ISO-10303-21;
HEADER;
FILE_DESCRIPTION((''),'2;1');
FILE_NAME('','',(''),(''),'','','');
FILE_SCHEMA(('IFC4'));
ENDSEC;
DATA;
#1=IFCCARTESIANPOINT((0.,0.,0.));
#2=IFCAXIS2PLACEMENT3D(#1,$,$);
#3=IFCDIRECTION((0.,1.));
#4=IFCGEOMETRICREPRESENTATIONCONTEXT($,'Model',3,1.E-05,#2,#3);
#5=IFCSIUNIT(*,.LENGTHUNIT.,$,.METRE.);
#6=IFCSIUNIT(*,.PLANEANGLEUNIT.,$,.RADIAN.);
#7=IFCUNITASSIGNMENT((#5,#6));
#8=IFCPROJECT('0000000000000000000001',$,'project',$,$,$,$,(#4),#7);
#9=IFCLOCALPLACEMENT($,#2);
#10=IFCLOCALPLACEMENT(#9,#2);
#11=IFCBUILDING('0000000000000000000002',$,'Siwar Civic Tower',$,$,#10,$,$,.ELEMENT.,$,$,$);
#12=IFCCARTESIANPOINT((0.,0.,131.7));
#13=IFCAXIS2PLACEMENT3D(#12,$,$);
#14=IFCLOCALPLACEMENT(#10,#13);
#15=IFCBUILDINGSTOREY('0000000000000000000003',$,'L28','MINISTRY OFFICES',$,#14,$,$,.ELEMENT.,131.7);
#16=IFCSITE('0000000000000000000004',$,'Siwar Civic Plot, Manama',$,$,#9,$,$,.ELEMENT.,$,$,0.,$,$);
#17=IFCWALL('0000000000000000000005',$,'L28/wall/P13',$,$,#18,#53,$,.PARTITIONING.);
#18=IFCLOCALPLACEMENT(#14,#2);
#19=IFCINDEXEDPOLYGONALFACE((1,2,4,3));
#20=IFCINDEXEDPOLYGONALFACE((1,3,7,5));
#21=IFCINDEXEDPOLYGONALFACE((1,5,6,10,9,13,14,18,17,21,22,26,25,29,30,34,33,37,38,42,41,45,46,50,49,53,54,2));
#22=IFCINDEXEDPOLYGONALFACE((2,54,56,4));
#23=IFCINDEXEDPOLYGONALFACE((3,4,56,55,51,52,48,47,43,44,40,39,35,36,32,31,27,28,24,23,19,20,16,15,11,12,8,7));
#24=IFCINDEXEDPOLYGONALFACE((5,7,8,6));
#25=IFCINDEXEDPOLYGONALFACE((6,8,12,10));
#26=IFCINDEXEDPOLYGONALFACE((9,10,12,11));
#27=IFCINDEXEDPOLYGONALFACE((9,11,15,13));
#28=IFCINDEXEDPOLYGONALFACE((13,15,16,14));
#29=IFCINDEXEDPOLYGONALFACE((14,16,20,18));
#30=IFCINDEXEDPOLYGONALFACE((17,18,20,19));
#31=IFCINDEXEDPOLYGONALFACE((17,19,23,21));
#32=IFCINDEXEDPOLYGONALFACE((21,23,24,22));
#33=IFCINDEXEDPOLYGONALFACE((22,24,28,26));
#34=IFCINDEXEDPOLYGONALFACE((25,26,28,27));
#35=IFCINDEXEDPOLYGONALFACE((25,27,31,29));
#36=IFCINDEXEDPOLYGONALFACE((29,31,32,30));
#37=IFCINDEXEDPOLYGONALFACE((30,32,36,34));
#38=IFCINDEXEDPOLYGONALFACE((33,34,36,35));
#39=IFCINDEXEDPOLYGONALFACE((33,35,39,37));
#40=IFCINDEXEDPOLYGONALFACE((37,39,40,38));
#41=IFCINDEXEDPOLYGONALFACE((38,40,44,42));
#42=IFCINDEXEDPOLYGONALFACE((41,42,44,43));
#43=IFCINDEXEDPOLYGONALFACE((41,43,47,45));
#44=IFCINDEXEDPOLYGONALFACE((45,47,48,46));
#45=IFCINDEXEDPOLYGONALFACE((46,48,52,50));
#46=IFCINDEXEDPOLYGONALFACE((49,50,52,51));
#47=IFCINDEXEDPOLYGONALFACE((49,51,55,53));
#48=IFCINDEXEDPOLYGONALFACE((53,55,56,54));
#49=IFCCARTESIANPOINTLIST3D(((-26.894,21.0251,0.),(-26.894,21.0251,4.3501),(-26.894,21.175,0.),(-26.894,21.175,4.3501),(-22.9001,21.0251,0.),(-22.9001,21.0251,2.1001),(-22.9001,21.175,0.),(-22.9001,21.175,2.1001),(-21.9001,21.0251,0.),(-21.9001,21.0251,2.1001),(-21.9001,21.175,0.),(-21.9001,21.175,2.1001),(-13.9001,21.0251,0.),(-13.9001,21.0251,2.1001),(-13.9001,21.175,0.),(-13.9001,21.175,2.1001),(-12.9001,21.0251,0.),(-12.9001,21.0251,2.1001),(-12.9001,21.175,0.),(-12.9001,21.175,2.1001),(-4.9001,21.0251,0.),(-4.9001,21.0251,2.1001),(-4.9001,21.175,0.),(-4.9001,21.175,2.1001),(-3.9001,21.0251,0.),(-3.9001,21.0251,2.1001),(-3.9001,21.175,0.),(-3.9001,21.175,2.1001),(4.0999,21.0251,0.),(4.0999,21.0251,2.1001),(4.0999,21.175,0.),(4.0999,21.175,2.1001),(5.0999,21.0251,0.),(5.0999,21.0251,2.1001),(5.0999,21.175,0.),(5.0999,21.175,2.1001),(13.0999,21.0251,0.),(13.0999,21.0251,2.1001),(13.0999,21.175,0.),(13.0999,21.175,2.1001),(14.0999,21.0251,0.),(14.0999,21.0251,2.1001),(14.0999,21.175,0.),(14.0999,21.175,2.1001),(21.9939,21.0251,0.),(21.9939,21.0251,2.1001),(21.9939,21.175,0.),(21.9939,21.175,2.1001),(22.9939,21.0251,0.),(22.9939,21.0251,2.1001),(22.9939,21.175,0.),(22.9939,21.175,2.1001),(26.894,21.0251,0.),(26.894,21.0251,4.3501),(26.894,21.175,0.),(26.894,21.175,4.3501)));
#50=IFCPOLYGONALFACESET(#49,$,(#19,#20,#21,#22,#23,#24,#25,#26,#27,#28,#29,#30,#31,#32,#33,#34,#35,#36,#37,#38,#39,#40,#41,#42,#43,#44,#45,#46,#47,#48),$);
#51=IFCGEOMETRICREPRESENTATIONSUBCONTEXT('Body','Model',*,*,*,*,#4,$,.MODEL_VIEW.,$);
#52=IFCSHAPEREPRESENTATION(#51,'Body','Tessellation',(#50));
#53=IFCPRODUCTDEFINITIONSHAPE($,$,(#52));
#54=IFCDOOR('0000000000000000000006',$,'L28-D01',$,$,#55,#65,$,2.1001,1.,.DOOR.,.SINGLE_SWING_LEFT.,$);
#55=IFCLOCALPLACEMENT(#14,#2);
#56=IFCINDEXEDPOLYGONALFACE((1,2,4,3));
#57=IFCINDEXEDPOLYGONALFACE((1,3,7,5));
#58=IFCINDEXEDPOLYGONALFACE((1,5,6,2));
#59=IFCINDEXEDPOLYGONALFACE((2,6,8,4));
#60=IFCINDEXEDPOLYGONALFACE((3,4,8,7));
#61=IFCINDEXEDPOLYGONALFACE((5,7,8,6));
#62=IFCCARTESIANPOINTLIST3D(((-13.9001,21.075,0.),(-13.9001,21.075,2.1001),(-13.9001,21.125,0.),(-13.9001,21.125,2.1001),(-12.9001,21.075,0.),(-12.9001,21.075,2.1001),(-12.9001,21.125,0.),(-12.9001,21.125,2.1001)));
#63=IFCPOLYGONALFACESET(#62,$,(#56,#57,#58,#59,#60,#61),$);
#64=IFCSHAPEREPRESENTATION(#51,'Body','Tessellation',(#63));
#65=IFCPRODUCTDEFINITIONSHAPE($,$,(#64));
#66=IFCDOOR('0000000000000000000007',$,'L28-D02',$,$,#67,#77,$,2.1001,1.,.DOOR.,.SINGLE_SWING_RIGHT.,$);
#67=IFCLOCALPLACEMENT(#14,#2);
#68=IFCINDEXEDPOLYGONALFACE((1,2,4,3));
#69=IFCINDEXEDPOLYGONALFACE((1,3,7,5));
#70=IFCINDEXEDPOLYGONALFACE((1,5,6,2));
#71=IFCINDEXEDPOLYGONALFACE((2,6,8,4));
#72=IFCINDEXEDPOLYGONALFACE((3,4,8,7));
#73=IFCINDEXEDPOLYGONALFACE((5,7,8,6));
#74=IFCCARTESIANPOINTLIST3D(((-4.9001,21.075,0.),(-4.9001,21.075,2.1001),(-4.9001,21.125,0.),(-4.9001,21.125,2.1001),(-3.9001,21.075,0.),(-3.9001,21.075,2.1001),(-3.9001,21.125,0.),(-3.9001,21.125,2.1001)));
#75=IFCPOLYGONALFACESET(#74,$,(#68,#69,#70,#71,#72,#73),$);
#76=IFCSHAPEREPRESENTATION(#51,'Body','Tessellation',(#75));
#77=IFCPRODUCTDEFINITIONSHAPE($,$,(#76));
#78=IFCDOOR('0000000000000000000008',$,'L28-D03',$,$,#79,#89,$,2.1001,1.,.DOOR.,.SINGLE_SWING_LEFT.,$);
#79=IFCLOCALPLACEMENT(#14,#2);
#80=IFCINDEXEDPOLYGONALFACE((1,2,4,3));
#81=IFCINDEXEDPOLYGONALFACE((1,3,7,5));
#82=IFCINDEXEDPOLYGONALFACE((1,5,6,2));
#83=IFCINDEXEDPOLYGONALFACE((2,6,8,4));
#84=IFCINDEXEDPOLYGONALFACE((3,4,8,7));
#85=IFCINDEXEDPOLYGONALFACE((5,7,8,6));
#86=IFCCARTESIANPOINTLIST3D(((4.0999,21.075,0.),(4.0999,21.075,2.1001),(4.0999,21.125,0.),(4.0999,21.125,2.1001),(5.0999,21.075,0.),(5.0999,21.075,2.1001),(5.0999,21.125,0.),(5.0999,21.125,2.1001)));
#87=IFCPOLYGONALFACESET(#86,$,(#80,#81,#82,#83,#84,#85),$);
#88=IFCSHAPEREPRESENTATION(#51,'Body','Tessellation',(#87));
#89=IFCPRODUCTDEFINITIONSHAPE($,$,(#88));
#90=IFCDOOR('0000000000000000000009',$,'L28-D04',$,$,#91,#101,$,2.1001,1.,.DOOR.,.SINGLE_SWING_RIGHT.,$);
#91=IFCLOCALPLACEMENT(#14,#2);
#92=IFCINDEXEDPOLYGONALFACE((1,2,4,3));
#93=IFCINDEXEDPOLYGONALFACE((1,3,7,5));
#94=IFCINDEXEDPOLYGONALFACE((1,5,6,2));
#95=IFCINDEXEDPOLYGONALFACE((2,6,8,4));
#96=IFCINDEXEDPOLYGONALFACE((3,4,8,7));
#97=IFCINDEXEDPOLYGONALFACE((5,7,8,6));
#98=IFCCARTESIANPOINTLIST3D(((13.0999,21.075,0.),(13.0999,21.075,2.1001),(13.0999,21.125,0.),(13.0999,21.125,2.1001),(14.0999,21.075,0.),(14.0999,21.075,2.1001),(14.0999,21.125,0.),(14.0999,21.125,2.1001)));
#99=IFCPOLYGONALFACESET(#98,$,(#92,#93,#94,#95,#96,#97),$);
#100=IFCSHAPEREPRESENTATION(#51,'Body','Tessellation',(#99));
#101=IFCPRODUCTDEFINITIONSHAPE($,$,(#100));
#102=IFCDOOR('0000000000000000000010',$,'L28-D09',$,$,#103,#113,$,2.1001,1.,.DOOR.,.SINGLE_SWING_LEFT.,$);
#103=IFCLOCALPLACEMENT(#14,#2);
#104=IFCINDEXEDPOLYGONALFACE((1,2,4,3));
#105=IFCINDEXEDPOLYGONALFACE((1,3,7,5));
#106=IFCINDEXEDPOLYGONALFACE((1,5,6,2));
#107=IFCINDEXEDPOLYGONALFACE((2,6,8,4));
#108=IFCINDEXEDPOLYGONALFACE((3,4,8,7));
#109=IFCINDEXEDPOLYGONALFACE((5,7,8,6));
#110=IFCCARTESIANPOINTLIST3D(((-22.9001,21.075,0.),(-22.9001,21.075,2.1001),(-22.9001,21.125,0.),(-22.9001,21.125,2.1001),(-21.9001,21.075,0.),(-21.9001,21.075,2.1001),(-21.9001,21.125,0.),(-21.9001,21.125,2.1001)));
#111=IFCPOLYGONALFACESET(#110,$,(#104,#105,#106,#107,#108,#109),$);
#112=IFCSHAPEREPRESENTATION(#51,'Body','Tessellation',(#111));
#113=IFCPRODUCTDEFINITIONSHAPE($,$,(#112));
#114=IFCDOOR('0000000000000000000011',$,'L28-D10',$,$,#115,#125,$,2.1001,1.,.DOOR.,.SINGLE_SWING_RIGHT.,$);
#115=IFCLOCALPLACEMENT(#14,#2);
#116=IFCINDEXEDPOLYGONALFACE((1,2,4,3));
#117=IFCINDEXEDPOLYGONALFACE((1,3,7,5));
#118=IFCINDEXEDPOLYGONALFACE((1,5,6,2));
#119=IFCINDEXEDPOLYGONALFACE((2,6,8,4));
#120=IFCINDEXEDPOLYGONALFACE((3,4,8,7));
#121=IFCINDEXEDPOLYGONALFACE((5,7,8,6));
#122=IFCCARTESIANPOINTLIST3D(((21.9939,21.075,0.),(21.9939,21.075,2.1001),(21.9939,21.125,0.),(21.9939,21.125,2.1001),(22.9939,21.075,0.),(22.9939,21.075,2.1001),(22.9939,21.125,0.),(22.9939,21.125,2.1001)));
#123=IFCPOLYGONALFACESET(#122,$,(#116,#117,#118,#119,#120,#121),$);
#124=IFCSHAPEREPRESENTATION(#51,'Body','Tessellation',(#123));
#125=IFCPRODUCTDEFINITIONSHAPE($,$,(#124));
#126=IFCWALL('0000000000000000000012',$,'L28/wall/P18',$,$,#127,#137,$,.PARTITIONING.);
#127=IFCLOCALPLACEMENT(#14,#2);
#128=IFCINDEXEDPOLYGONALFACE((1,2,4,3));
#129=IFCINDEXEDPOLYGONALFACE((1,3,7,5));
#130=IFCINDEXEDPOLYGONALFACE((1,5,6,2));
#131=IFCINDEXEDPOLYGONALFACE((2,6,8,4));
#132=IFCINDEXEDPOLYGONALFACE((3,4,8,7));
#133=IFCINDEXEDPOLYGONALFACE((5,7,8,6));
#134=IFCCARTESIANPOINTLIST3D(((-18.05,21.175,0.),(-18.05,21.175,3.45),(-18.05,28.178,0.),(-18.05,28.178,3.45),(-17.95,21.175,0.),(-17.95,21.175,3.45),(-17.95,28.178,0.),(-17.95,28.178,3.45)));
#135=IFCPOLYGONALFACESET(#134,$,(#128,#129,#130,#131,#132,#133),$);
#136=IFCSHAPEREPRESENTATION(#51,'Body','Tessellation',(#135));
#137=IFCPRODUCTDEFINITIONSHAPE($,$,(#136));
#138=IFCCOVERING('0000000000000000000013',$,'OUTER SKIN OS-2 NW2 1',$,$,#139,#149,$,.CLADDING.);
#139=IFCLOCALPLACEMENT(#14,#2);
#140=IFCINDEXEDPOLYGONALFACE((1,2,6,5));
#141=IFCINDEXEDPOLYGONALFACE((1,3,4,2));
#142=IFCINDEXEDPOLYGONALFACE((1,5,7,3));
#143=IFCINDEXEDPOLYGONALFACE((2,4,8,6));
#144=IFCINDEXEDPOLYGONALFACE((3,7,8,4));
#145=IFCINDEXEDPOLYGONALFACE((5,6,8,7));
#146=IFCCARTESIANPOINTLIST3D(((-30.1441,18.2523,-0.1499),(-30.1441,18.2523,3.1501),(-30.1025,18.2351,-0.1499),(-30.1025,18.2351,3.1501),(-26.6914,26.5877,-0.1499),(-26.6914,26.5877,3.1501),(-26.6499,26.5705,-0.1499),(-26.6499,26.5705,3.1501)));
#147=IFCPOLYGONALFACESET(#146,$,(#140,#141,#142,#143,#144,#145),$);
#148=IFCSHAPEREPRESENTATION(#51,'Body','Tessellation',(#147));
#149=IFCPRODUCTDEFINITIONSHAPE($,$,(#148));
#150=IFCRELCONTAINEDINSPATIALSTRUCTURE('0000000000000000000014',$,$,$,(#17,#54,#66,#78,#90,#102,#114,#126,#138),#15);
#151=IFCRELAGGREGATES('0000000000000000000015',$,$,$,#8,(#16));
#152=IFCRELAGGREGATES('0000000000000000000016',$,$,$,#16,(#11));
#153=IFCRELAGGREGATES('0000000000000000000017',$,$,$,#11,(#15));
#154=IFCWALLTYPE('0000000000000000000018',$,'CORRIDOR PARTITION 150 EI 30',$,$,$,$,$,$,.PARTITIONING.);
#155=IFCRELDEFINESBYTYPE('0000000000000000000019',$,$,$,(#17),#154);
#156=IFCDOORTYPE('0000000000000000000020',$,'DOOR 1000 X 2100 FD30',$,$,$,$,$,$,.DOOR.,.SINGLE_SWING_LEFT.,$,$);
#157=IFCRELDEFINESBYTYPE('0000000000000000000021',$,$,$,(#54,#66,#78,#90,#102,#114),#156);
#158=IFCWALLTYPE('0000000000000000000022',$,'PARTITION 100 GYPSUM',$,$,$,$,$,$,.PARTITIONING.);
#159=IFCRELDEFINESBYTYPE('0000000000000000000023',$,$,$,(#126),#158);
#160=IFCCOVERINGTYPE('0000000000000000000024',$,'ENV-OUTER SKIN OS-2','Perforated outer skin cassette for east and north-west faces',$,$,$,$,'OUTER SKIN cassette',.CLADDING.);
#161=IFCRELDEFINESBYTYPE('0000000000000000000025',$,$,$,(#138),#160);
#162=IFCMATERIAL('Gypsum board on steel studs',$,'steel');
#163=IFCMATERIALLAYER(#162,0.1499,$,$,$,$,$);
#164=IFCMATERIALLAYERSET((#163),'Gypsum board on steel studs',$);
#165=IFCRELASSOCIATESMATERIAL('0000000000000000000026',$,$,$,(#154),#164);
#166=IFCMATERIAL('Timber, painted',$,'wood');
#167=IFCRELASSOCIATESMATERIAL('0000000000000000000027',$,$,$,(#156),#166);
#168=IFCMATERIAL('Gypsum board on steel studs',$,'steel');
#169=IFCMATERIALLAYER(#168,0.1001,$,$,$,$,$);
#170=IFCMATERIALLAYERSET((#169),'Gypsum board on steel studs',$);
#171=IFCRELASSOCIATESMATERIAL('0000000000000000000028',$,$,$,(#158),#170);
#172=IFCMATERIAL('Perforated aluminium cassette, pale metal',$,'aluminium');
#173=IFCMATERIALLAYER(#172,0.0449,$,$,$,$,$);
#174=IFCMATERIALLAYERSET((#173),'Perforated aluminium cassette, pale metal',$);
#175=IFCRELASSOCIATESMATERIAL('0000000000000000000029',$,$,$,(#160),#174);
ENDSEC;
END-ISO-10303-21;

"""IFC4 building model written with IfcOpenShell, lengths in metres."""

from ifc_helpers import new_model, si_unit, direction, frame, frame_2d, origin, origin_2d, place, context, subcontext, project, spatial, rectangle, extrude, material, layer, layer_set, type_object, element, fill, save


model = new_model("IFC4")

# Units and contexts
model_context = context("Model", 3, precision=1e-05, world=origin(), true_north=direction((0.0, 1.0)))
body_context = subcontext(model_context, "Body", "Model", "MODEL_VIEW")
ifc_project = project(units=[si_unit("LENGTHUNIT", "METRE"), si_unit("PLANEANGLEUNIT", "RADIAN")], contexts=[model_context])

# Site, building, storey
site_placement = place(None, origin())
site = spatial("IfcSite", under=ifc_project, at=site_placement, Name="Siwar Civic Plot, Manama", CompositionType="ELEMENT", RefElevation=0.0)
building_placement = place(site_placement, origin())
building = spatial("IfcBuilding", under=site, at=building_placement, Name="Siwar Civic Tower", CompositionType="ELEMENT")
storey_placement = place(building_placement, frame((0.0, 0.0, 131.7)))
storey = spatial("IfcBuildingStorey", under=building, at=storey_placement, Name="L28", Description="MINISTRY OFFICES", CompositionType="ELEMENT", Elevation=131.7)

# Wall, openings, doors
ifc_material_1 = material(Name="Gypsum board on steel studs", Category="steel")
ifc_layer_1 = layer(ifc_material_1, 0.1499)
ifc_layer_set_1 = layer_set([ifc_layer_1], Name="Gypsum board on steel studs")
wall_type_1 = type_object("IfcWallType", Name="CORRIDOR PARTITION 150 EI 30", PredefinedType="PARTITIONING", material=ifc_layer_set_1)
ifc_material_2 = material(Name="Timber, painted", Category="wood")
door_type = type_object("IfcDoorType", Name="DOOR 1000 X 2100 FD30", OperationType="SINGLE_SWING_LEFT", PredefinedType="DOOR", material=ifc_material_2)
wall_1_placement = place(storey_placement, frame((-26.894, 21.1001, 0.0), z_axis=(0.0, 0.0, 1.0), x_axis=(1.0, 0.0, 0.0)))
wall_1 = element("IfcWall", 1, at=wall_1_placement, inside=storey, type_object=wall_type_1, Name="L28/wall/P13", PredefinedType="PARTITIONING", context=body_context, shape_type="SweptSolid", body=[
    extrude(rectangle(XDim=53.7881, YDim=0.1499, at=frame_2d((26.894, 0.0))), origin(), (0.0, 0.0, 1.0), 4.3501),
])
opening_1_placement = place(wall_1_placement, frame((12.9939, 0.0, 0.0)))
opening_1 = element("IfcOpeningElement", 2, at=opening_1_placement, cuts=wall_1, PredefinedType="OPENING", context=body_context, shape_type="SweptSolid", body=[
    extrude(rectangle(XDim=1.0, YDim=2.1001, at=frame_2d((0.5, 1.05))), frame((0.0, 0.085, 0.0), z_axis=(0.0, -1.0, 0.0), x_axis=(1.0, 0.0, 0.0)), (0.0, 0.0, 1.0), 0.1699),
])
opening_2_placement = place(wall_1_placement, frame((21.9939, 0.0, 0.0)))
opening_2 = element("IfcOpeningElement", 3, at=opening_2_placement, cuts=wall_1, PredefinedType="OPENING", context=body_context, shape_type="SweptSolid", body=[
    extrude(rectangle(XDim=1.0, YDim=2.1001, at=frame_2d((0.5, 1.05))), frame((0.0, 0.085, 0.0), z_axis=(0.0, -1.0, 0.0), x_axis=(1.0, 0.0, 0.0)), (0.0, 0.0, 1.0), 0.1699),
])
opening_3_placement = place(wall_1_placement, frame((30.9939, 0.0, 0.0)))
opening_3 = element("IfcOpeningElement", 4, at=opening_3_placement, cuts=wall_1, PredefinedType="OPENING", context=body_context, shape_type="SweptSolid", body=[
    extrude(rectangle(XDim=1.0, YDim=2.1001, at=frame_2d((0.5, 1.05))), frame((0.0, 0.085, 0.0), z_axis=(0.0, -1.0, 0.0), x_axis=(1.0, 0.0, 0.0)), (0.0, 0.0, 1.0), 0.1699),
])
opening_4_placement = place(wall_1_placement, frame((39.9939, 0.0, 0.0)))
opening_4 = element("IfcOpeningElement", 5, at=opening_4_placement, cuts=wall_1, PredefinedType="OPENING", context=body_context, shape_type="SweptSolid", body=[
    extrude(rectangle(XDim=1.0, YDim=2.1001, at=frame_2d((0.5, 1.05))), frame((0.0, 0.085, 0.0), z_axis=(0.0, -1.0, 0.0), x_axis=(1.0, 0.0, 0.0)), (0.0, 0.0, 1.0), 0.1699),
])
opening_5_placement = place(wall_1_placement, frame((3.9939, 0.0, 0.0)))
opening_5 = element("IfcOpeningElement", 6, at=opening_5_placement, cuts=wall_1, PredefinedType="OPENING", context=body_context, shape_type="SweptSolid", body=[
    extrude(rectangle(XDim=1.0, YDim=2.1001, at=frame_2d((0.5, 1.05))), frame((0.0, 0.085, 0.0), z_axis=(0.0, -1.0, 0.0), x_axis=(1.0, 0.0, 0.0)), (0.0, 0.0, 1.0), 0.1699),
])
opening_6_placement = place(wall_1_placement, frame((48.8879, 0.0, 0.0)))
opening_6 = element("IfcOpeningElement", 7, at=opening_6_placement, cuts=wall_1, PredefinedType="OPENING", context=body_context, shape_type="SweptSolid", body=[
    extrude(rectangle(XDim=1.0, YDim=2.1001, at=frame_2d((0.5, 1.05))), frame((0.0, 0.085, 0.0), z_axis=(0.0, -1.0, 0.0), x_axis=(1.0, 0.0, 0.0)), (0.0, 0.0, 1.0), 0.1699),
])
door_1_placement = place(opening_1_placement, origin())
door_1 = element("IfcDoor", 8, at=door_1_placement, inside=storey, type_object=door_type, Name="L28-D01", OperationType="SINGLE_SWING_LEFT", OverallHeight=2.1001, OverallWidth=1.0, PredefinedType="DOOR", context=body_context, shape_type="SweptSolid", body=[
    extrude(rectangle(XDim=1.0, YDim=2.1001, at=frame_2d((0.5, 1.05))), frame((0.0, 0.0249, 0.0), z_axis=(0.0, -1.0, 0.0), x_axis=(1.0, 0.0, 0.0)), (0.0, 0.0, 1.0), 0.05),
])
fill(opening_1, door_1)
door_2_placement = place(opening_2_placement, origin())
door_2 = element("IfcDoor", 9, at=door_2_placement, inside=storey, type_object=door_type, Name="L28-D02", OperationType="SINGLE_SWING_RIGHT", OverallHeight=2.1001, OverallWidth=1.0, PredefinedType="DOOR", context=body_context, shape_type="SweptSolid", body=[
    extrude(rectangle(XDim=1.0, YDim=2.1001, at=frame_2d((0.5, 1.05))), frame((0.0, 0.0249, 0.0), z_axis=(0.0, -1.0, 0.0), x_axis=(1.0, 0.0, 0.0)), (0.0, 0.0, 1.0), 0.05),
])
fill(opening_2, door_2)
door_3_placement = place(opening_3_placement, origin())
door_3 = element("IfcDoor", 10, at=door_3_placement, inside=storey, type_object=door_type, Name="L28-D03", OperationType="SINGLE_SWING_LEFT", OverallHeight=2.1001, OverallWidth=1.0, PredefinedType="DOOR", context=body_context, shape_type="SweptSolid", body=[
    extrude(rectangle(XDim=1.0, YDim=2.1001, at=frame_2d((0.5, 1.05))), frame((0.0, 0.0249, 0.0), z_axis=(0.0, -1.0, 0.0), x_axis=(1.0, 0.0, 0.0)), (0.0, 0.0, 1.0), 0.05),
])
fill(opening_3, door_3)
door_4_placement = place(opening_4_placement, origin())
door_4 = element("IfcDoor", 11, at=door_4_placement, inside=storey, type_object=door_type, Name="L28-D04", OperationType="SINGLE_SWING_RIGHT", OverallHeight=2.1001, OverallWidth=1.0, PredefinedType="DOOR", context=body_context, shape_type="SweptSolid", body=[
    extrude(rectangle(XDim=1.0, YDim=2.1001, at=frame_2d((0.5, 1.05))), frame((0.0, 0.0249, 0.0), z_axis=(0.0, -1.0, 0.0), x_axis=(1.0, 0.0, 0.0)), (0.0, 0.0, 1.0), 0.05),
])
fill(opening_4, door_4)
door_5_placement = place(opening_5_placement, origin())
door_5 = element("IfcDoor", 12, at=door_5_placement, inside=storey, type_object=door_type, Name="L28-D09", OperationType="SINGLE_SWING_LEFT", OverallHeight=2.1001, OverallWidth=1.0, PredefinedType="DOOR", context=body_context, shape_type="SweptSolid", body=[
    extrude(rectangle(XDim=1.0, YDim=2.1001, at=frame_2d((0.5, 1.05))), frame((0.0, 0.0249, 0.0), z_axis=(0.0, -1.0, 0.0), x_axis=(1.0, 0.0, 0.0)), (0.0, 0.0, 1.0), 0.05),
])
fill(opening_5, door_5)
door_6_placement = place(opening_6_placement, origin())
door_6 = element("IfcDoor", 13, at=door_6_placement, inside=storey, type_object=door_type, Name="L28-D10", OperationType="SINGLE_SWING_RIGHT", OverallHeight=2.1001, OverallWidth=1.0, PredefinedType="DOOR", context=body_context, shape_type="SweptSolid", body=[
    extrude(rectangle(XDim=1.0, YDim=2.1001, at=frame_2d((0.5, 1.05))), frame((0.0, 0.0249, 0.0), z_axis=(0.0, -1.0, 0.0), x_axis=(1.0, 0.0, 0.0)), (0.0, 0.0, 1.0), 0.05),
])
fill(opening_6, door_6)

# Wall
ifc_material_3 = material(Name="Gypsum board on steel studs", Category="steel")
ifc_layer_2 = layer(ifc_material_3, 0.1001)
ifc_layer_set_2 = layer_set([ifc_layer_2], Name="Gypsum board on steel studs")
wall_type_2 = type_object("IfcWallType", Name="PARTITION 100 GYPSUM", PredefinedType="PARTITIONING", material=ifc_layer_set_2)
wall_2_placement = place(storey_placement, frame((-18.0, 21.175, 0.0), z_axis=(0.0, 0.0, 1.0), x_axis=(0.0, 1.0, 0.0)))
element("IfcWall", 14, at=wall_2_placement, inside=storey, type_object=wall_type_2, Name="L28/wall/P18", PredefinedType="PARTITIONING", context=body_context, shape_type="SweptSolid", body=[
    extrude(rectangle(XDim=7.0029, YDim=0.1001, at=frame_2d((3.5015, 0.0))), origin(), (0.0, 0.0, 1.0), 3.45),
])

# Covering
ifc_material_4 = material(Name="Perforated aluminium cassette, pale metal", Category="aluminium")
ifc_layer_3 = layer(ifc_material_4, 0.0449)
ifc_layer_set_3 = layer_set([ifc_layer_3], Name="Perforated aluminium cassette, pale metal")
covering_type = type_object("IfcCoveringType", Name="ENV-OUTER SKIN OS-2", Description="Perforated outer skin cassette for east and north-west faces", ElementType="OUTER SKIN cassette", PredefinedType="CLADDING", material=ifc_layer_set_3)
covering_placement = place(storey_placement, frame((-28.397, 22.4114, -0.1499), z_axis=(0.0, 0.0, 1.0), x_axis=(-0.382683, -0.92388, 0.0)))
element("IfcCovering", 15, at=covering_placement, inside=storey, type_object=covering_type, Name="OUTER SKIN OS-2 NW2 1", PredefinedType="CLADDING", context=body_context, shape_type="SweptSolid", body=[
    extrude(rectangle(XDim=9.0222, YDim=0.0449, at=origin_2d()), origin(), (0.0, 0.0, 1.0), 3.3),
])

save(model, "model.ifc")
